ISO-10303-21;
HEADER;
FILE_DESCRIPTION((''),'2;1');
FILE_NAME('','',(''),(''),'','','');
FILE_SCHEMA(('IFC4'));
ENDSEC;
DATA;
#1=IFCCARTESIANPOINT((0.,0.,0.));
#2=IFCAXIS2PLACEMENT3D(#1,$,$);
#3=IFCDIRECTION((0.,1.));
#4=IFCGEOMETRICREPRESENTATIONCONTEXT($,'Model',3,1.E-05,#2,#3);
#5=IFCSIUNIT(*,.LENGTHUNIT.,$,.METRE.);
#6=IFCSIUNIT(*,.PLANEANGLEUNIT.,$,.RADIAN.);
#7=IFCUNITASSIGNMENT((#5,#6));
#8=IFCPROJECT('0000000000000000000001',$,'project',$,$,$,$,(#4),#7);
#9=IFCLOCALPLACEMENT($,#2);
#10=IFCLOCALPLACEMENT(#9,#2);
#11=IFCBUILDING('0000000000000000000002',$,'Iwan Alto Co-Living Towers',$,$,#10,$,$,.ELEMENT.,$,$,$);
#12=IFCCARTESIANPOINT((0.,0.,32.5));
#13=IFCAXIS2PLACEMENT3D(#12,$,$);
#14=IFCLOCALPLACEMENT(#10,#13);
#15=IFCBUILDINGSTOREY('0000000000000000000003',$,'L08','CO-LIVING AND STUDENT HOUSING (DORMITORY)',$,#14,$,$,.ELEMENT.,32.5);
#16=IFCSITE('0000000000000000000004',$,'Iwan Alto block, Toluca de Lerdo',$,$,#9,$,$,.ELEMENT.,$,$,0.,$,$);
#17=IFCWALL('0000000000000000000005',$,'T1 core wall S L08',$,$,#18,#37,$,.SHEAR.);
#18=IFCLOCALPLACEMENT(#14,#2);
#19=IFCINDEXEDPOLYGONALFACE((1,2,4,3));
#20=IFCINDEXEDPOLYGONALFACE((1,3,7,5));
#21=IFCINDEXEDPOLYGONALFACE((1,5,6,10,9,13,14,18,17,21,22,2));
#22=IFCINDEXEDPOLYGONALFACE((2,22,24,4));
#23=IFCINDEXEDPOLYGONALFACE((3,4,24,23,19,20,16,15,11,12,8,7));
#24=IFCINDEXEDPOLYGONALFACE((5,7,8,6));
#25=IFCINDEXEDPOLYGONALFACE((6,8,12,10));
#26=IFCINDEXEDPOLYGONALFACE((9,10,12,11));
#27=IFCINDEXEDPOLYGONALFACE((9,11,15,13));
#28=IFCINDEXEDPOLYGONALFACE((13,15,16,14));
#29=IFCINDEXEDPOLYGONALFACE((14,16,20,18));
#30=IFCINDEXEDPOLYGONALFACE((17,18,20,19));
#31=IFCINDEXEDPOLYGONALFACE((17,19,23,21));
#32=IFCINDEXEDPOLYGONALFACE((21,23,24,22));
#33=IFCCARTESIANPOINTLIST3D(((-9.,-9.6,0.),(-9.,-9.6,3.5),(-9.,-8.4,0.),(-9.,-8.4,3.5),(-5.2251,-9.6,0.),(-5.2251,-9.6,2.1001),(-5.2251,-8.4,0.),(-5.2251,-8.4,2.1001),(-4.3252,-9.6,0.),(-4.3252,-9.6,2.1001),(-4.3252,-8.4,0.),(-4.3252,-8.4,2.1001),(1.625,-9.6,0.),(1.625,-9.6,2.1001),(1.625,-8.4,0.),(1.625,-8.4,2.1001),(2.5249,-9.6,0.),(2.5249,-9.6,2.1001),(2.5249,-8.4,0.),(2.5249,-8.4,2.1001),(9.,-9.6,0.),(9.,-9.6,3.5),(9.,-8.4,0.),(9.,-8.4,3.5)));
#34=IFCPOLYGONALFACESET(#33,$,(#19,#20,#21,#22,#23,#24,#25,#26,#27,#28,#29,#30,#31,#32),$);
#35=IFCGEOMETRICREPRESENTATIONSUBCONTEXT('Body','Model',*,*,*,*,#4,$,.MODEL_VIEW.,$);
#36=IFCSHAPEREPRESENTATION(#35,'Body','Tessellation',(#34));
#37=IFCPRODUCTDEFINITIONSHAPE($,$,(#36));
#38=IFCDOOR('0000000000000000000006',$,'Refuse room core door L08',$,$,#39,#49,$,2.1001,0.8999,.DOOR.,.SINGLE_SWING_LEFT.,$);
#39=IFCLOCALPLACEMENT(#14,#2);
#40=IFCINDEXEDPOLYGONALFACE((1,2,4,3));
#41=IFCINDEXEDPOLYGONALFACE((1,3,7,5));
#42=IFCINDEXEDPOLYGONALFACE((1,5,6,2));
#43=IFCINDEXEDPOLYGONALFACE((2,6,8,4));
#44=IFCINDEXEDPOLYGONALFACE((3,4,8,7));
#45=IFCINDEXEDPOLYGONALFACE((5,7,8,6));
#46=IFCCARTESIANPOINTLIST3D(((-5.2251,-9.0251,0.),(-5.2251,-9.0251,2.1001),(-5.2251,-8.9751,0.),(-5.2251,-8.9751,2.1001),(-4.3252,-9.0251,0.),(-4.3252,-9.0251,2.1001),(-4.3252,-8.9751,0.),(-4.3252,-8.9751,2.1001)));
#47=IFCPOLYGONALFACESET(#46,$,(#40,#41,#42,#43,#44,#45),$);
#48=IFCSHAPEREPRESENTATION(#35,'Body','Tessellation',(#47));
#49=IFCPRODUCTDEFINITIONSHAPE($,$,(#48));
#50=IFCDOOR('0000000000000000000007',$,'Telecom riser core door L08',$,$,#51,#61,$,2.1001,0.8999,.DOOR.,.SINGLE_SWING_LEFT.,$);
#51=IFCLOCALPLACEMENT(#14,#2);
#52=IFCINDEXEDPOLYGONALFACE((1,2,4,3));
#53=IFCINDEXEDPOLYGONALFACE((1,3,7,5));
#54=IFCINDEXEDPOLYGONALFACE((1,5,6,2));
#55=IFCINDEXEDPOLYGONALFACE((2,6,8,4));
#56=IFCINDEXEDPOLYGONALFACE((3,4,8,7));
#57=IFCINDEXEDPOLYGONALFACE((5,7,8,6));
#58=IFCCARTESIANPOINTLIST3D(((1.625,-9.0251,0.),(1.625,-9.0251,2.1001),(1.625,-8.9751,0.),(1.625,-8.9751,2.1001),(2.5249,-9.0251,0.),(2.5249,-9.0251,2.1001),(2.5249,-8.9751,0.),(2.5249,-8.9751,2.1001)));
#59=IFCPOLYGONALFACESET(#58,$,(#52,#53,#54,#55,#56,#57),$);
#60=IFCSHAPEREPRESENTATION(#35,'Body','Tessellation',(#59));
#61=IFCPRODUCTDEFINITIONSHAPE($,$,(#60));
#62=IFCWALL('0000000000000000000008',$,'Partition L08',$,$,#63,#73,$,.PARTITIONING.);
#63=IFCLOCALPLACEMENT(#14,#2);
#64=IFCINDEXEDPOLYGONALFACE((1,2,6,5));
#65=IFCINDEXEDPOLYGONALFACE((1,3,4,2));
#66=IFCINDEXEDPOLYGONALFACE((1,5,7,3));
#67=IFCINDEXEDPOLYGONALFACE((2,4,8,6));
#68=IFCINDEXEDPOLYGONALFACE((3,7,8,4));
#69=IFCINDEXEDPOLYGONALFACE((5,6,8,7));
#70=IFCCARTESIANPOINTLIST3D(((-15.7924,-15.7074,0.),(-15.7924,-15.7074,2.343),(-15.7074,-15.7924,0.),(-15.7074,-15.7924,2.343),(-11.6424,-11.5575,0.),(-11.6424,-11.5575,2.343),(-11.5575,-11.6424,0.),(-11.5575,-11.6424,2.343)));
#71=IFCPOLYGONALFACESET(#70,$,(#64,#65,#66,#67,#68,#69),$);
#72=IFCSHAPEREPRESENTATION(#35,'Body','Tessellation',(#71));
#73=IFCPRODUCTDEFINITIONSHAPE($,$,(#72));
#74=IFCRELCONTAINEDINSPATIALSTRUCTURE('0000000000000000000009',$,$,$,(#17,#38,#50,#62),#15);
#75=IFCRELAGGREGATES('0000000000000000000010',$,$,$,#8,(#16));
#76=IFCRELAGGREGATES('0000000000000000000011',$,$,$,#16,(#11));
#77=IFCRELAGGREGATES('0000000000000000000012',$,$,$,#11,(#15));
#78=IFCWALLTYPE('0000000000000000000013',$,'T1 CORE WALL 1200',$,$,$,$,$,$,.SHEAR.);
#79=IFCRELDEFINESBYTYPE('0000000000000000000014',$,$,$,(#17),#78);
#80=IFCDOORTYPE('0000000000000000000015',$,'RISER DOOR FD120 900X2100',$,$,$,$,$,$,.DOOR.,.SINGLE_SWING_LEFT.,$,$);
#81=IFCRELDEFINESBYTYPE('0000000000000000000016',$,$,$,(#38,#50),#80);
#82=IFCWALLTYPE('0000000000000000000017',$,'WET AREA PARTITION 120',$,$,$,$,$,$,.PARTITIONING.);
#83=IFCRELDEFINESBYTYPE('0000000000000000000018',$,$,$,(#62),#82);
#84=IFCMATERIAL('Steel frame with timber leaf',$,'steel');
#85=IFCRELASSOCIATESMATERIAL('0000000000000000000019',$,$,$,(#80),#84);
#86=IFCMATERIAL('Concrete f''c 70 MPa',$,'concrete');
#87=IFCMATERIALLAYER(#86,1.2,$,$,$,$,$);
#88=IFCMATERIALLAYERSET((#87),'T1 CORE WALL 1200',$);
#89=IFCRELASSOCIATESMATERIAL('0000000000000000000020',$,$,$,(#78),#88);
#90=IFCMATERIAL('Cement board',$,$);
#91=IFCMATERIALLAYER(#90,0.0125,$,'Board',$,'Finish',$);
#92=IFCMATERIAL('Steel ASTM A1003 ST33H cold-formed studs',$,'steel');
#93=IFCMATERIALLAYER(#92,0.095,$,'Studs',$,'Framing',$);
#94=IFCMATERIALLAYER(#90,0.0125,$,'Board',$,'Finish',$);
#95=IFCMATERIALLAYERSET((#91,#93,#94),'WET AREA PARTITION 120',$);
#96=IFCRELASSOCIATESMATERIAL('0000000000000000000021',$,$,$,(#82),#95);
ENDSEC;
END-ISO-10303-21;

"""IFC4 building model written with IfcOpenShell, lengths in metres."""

from ifc_helpers import new_model, si_unit, direction, frame, frame_2d, origin, place, context, subcontext, project, spatial, rectangle, extrude, material, layer, layer_set, type_object, element, fill, save


model = new_model("IFC4")

# Units and contexts
model_context = context("Model", 3, precision=1e-05, world=origin(), true_north=direction((0.0, 1.0)))
body_context = subcontext(model_context, "Body", "Model", "MODEL_VIEW")
ifc_project = project(units=[si_unit("LENGTHUNIT", "METRE"), si_unit("PLANEANGLEUNIT", "RADIAN")], contexts=[model_context])

# Site, building, storey
site_placement = place(None, origin())
site = spatial("IfcSite", under=ifc_project, at=site_placement, Name="Iwan Alto block, Toluca de Lerdo", CompositionType="ELEMENT", RefElevation=0.0)
building_placement = place(site_placement, origin())
building = spatial("IfcBuilding", under=site, at=building_placement, Name="Iwan Alto Co-Living Towers", CompositionType="ELEMENT")
storey_placement = place(building_placement, frame((0.0, 0.0, 32.5)))
storey = spatial("IfcBuildingStorey", under=building, at=storey_placement, Name="L08", Description="CO-LIVING AND STUDENT HOUSING (DORMITORY)", CompositionType="ELEMENT", Elevation=32.5)

# Shared definitions
ifc_material_1 = material(Name="Steel ASTM A1003 ST33H cold-formed studs", Category="steel")
ifc_material_2 = material(Name="Steel frame with timber leaf", Category="steel")
door_type_1 = type_object("IfcDoorType", Name="RISER DOOR FD120 900X2100", OperationType="SINGLE_SWING_LEFT", PredefinedType="DOOR", material=ifc_material_2)

# Wall, openings, doors
ifc_material_3 = material(Name="Concrete f'c 70 MPa", Category="concrete")
ifc_layer_1 = layer(ifc_material_3, 1.2)
ifc_layer_set_1 = layer_set([ifc_layer_1], Name="T1 CORE WALL 1200")
wall_type_1 = type_object("IfcWallType", Name="T1 CORE WALL 1200", PredefinedType="SHEAR", material=ifc_layer_set_1)
wall_1_placement = place(storey_placement, frame((-9.0, -9.0, 0.0), z_axis=(0.0, 0.0, 1.0), x_axis=(1.0, 0.0, 0.0)))
wall_1 = element("IfcWall", 1, at=wall_1_placement, inside=storey, type_object=wall_type_1, Name="T1 core wall S L08", PredefinedType="SHEAR", context=body_context, shape_type="SweptSolid", body=[
    extrude(rectangle(XDim=18.0, YDim=1.2, at=frame_2d((9.0, 0.0))), origin(), (0.0, 0.0, 1.0), 3.5),
])
opening_1_placement = place(wall_1_placement, frame((3.7749, 0.0, 0.0)))
opening_1 = element("IfcOpeningElement", 2, at=opening_1_placement, cuts=wall_1, PredefinedType="OPENING", context=body_context, shape_type="SweptSolid", body=[
    extrude(rectangle(XDim=0.8999, YDim=2.1001, at=frame_2d((0.45, 1.05))), frame((0.0, 0.6099, 0.0), z_axis=(0.0, -1.0, 0.0), x_axis=(1.0, 0.0, 0.0)), (0.0, 0.0, 1.0), 1.22),
])
opening_2_placement = place(wall_1_placement, frame((10.625, 0.0, 0.0)))
opening_2 = element("IfcOpeningElement", 3, at=opening_2_placement, cuts=wall_1, PredefinedType="OPENING", context=body_context, shape_type="SweptSolid", body=[
    extrude(rectangle(XDim=0.8999, YDim=2.1001, at=frame_2d((0.45, 1.05))), frame((0.0, 0.6099, 0.0), z_axis=(0.0, -1.0, 0.0), x_axis=(1.0, 0.0, 0.0)), (0.0, 0.0, 1.0), 1.22),
])
door_1_placement = place(opening_1_placement, origin())
door_1 = element("IfcDoor", 4, at=door_1_placement, inside=storey, type_object=door_type_1, Name="Refuse room core door L08", OperationType="SINGLE_SWING_LEFT", OverallHeight=2.1001, OverallWidth=0.8999, PredefinedType="DOOR", context=body_context, shape_type="SweptSolid", body=[
    extrude(rectangle(XDim=0.8999, YDim=2.1001, at=frame_2d((0.45, 1.05))), frame((0.0, 0.0249, 0.0), z_axis=(0.0, -1.0, 0.0), x_axis=(1.0, 0.0, 0.0)), (0.0, 0.0, 1.0), 0.05),
])
fill(opening_1, door_1)
door_2_placement = place(opening_2_placement, origin())
door_2 = element("IfcDoor", 5, at=door_2_placement, inside=storey, type_object=door_type_1, Name="Telecom riser core door L08", OperationType="SINGLE_SWING_LEFT", OverallHeight=2.1001, OverallWidth=0.8999, PredefinedType="DOOR", context=body_context, shape_type="SweptSolid", body=[
    extrude(rectangle(XDim=0.8999, YDim=2.1001, at=frame_2d((0.45, 1.05))), frame((0.0, 0.0249, 0.0), z_axis=(0.0, -1.0, 0.0), x_axis=(1.0, 0.0, 0.0)), (0.0, 0.0, 1.0), 0.05),
])
fill(opening_2, door_2)

# Wall
ifc_material_4 = material(Name="Cement board")
ifc_layer_2 = layer(ifc_material_4, 0.0125, Name="Board", Category="Finish")
ifc_layer_3 = layer(ifc_material_1, 0.095, Name="Studs", Category="Framing")
ifc_layer_4 = layer(ifc_material_4, 0.0125, Name="Board", Category="Finish")
ifc_layer_set_2 = layer_set([ifc_layer_2, ifc_layer_3, ifc_layer_4], Name="WET AREA PARTITION 120")
wall_type_2 = type_object("IfcWallType", Name="WET AREA PARTITION 120", PredefinedType="PARTITIONING", material=ifc_layer_set_2)
wall_2_placement = place(storey_placement, frame((-15.75, -15.75, 0.0), z_axis=(0.0, 0.0, 1.0), x_axis=(0.707107, 0.707107, 0.0)))
element("IfcWall", 6, at=wall_2_placement, inside=storey, type_object=wall_type_2, Name="Partition L08", PredefinedType="PARTITIONING", context=body_context, shape_type="SweptSolid", body=[
    extrude(rectangle(XDim=5.8689, YDim=0.1201, at=frame_2d((2.9346, 0.0))), origin(), (0.0, 0.0, 1.0), 2.343),
])

save(model, "model.ifc")
